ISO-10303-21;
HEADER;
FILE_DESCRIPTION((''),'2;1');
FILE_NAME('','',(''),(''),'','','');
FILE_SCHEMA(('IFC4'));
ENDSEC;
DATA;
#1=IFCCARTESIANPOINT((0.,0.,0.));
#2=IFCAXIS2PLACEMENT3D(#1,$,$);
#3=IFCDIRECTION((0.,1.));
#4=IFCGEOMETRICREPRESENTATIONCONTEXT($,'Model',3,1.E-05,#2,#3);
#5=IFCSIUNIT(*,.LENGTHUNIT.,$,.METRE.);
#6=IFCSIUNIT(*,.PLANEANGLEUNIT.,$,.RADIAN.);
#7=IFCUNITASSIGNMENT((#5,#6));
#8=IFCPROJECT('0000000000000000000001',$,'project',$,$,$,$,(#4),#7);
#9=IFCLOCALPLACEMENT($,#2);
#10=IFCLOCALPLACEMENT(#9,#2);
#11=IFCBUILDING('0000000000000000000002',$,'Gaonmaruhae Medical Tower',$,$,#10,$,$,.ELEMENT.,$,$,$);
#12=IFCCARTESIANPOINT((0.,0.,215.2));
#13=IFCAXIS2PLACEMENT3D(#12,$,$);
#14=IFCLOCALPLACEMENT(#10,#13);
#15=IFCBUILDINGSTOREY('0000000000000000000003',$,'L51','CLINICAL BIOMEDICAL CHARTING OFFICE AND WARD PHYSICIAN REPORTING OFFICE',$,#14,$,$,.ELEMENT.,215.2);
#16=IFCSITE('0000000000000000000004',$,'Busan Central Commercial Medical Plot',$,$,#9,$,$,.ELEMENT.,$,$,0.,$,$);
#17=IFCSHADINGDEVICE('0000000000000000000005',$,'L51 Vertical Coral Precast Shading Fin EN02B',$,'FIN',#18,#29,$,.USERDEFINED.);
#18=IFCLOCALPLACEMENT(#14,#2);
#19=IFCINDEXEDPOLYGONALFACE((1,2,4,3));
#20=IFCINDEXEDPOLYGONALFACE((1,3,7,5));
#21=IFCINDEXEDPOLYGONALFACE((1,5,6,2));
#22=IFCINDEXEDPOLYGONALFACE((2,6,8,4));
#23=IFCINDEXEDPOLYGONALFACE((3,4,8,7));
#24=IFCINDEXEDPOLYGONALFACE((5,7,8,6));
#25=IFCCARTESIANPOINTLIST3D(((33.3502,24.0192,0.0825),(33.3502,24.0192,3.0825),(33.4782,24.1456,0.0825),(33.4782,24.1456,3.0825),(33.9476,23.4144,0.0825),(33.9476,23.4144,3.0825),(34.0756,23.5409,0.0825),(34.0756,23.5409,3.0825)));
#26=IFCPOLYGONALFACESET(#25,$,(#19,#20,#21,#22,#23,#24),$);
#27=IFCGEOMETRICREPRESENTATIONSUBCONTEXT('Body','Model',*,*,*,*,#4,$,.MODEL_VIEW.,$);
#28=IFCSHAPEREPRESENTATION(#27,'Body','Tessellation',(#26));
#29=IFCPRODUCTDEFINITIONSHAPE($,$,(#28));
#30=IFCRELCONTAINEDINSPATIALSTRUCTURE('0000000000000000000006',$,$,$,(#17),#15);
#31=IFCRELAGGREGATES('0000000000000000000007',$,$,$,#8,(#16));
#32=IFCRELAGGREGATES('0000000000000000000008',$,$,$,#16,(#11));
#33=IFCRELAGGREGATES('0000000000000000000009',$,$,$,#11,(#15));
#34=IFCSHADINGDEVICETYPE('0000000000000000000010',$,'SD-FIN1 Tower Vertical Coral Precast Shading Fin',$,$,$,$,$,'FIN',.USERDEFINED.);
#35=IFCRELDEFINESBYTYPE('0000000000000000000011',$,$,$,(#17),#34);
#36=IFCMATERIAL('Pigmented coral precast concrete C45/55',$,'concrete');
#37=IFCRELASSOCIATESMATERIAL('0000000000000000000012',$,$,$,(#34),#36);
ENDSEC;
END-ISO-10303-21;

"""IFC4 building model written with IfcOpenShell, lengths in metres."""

from ifc_helpers import new_model, si_unit, direction, frame, origin, origin_2d, place, context, subcontext, project, spatial, rectangle, extrude, material, type_object, element, save


model = new_model("IFC4")

# Units and contexts
model_context = context("Model", 3, precision=1e-05, world=origin(), true_north=direction((0.0, 1.0)))
body_context = subcontext(model_context, "Body", "Model", "MODEL_VIEW")
ifc_project = project(units=[si_unit("LENGTHUNIT", "METRE"), si_unit("PLANEANGLEUNIT", "RADIAN")], contexts=[model_context])

# Site, building, storey
site_placement = place(None, origin())
site = spatial("IfcSite", under=ifc_project, at=site_placement, Name="Busan Central Commercial Medical Plot", CompositionType="ELEMENT", RefElevation=0.0)
building_placement = place(site_placement, origin())
building = spatial("IfcBuilding", under=site, at=building_placement, Name="Gaonmaruhae Medical Tower", CompositionType="ELEMENT")
storey_placement = place(building_placement, frame((0.0, 0.0, 215.2)))
storey = spatial("IfcBuildingStorey", under=building, at=storey_placement, Name="L51", Description="CLINICAL BIOMEDICAL CHARTING OFFICE AND WARD PHYSICIAN REPORTING OFFICE", CompositionType="ELEMENT", Elevation=215.2)

# Shading device
ifc_material_1 = material(Name="Pigmented coral precast concrete C45/55", Category="concrete")
shading_device_type = type_object("IfcShadingDeviceType", Name="SD-FIN1 Tower Vertical Coral Precast Shading Fin", ElementType="FIN", PredefinedType="USERDEFINED", material=ifc_material_1)
for number, where, z_axis, x_axis, name in (
    (1, (33.7129, 23.78, 0.0825), (0.0, 0.0, 1.0), (0.711401, 0.702787, 0.0), "L51 Vertical Coral Precast Shading Fin EN02B"),
):
    element("IfcShadingDevice", number, at=place(storey_placement, frame(where, z_axis=z_axis, x_axis=x_axis)), inside=storey, type_object=shading_device_type, Name=name, ObjectType="FIN", PredefinedType="USERDEFINED", context=body_context, shape_type="SweptSolid", body=[
        extrude(rectangle(XDim=0.1799, YDim=0.8501, at=origin_2d()), origin(), (0.0, 0.0, 1.0), 3.0),
    ])

save(model, "model.ifc")
